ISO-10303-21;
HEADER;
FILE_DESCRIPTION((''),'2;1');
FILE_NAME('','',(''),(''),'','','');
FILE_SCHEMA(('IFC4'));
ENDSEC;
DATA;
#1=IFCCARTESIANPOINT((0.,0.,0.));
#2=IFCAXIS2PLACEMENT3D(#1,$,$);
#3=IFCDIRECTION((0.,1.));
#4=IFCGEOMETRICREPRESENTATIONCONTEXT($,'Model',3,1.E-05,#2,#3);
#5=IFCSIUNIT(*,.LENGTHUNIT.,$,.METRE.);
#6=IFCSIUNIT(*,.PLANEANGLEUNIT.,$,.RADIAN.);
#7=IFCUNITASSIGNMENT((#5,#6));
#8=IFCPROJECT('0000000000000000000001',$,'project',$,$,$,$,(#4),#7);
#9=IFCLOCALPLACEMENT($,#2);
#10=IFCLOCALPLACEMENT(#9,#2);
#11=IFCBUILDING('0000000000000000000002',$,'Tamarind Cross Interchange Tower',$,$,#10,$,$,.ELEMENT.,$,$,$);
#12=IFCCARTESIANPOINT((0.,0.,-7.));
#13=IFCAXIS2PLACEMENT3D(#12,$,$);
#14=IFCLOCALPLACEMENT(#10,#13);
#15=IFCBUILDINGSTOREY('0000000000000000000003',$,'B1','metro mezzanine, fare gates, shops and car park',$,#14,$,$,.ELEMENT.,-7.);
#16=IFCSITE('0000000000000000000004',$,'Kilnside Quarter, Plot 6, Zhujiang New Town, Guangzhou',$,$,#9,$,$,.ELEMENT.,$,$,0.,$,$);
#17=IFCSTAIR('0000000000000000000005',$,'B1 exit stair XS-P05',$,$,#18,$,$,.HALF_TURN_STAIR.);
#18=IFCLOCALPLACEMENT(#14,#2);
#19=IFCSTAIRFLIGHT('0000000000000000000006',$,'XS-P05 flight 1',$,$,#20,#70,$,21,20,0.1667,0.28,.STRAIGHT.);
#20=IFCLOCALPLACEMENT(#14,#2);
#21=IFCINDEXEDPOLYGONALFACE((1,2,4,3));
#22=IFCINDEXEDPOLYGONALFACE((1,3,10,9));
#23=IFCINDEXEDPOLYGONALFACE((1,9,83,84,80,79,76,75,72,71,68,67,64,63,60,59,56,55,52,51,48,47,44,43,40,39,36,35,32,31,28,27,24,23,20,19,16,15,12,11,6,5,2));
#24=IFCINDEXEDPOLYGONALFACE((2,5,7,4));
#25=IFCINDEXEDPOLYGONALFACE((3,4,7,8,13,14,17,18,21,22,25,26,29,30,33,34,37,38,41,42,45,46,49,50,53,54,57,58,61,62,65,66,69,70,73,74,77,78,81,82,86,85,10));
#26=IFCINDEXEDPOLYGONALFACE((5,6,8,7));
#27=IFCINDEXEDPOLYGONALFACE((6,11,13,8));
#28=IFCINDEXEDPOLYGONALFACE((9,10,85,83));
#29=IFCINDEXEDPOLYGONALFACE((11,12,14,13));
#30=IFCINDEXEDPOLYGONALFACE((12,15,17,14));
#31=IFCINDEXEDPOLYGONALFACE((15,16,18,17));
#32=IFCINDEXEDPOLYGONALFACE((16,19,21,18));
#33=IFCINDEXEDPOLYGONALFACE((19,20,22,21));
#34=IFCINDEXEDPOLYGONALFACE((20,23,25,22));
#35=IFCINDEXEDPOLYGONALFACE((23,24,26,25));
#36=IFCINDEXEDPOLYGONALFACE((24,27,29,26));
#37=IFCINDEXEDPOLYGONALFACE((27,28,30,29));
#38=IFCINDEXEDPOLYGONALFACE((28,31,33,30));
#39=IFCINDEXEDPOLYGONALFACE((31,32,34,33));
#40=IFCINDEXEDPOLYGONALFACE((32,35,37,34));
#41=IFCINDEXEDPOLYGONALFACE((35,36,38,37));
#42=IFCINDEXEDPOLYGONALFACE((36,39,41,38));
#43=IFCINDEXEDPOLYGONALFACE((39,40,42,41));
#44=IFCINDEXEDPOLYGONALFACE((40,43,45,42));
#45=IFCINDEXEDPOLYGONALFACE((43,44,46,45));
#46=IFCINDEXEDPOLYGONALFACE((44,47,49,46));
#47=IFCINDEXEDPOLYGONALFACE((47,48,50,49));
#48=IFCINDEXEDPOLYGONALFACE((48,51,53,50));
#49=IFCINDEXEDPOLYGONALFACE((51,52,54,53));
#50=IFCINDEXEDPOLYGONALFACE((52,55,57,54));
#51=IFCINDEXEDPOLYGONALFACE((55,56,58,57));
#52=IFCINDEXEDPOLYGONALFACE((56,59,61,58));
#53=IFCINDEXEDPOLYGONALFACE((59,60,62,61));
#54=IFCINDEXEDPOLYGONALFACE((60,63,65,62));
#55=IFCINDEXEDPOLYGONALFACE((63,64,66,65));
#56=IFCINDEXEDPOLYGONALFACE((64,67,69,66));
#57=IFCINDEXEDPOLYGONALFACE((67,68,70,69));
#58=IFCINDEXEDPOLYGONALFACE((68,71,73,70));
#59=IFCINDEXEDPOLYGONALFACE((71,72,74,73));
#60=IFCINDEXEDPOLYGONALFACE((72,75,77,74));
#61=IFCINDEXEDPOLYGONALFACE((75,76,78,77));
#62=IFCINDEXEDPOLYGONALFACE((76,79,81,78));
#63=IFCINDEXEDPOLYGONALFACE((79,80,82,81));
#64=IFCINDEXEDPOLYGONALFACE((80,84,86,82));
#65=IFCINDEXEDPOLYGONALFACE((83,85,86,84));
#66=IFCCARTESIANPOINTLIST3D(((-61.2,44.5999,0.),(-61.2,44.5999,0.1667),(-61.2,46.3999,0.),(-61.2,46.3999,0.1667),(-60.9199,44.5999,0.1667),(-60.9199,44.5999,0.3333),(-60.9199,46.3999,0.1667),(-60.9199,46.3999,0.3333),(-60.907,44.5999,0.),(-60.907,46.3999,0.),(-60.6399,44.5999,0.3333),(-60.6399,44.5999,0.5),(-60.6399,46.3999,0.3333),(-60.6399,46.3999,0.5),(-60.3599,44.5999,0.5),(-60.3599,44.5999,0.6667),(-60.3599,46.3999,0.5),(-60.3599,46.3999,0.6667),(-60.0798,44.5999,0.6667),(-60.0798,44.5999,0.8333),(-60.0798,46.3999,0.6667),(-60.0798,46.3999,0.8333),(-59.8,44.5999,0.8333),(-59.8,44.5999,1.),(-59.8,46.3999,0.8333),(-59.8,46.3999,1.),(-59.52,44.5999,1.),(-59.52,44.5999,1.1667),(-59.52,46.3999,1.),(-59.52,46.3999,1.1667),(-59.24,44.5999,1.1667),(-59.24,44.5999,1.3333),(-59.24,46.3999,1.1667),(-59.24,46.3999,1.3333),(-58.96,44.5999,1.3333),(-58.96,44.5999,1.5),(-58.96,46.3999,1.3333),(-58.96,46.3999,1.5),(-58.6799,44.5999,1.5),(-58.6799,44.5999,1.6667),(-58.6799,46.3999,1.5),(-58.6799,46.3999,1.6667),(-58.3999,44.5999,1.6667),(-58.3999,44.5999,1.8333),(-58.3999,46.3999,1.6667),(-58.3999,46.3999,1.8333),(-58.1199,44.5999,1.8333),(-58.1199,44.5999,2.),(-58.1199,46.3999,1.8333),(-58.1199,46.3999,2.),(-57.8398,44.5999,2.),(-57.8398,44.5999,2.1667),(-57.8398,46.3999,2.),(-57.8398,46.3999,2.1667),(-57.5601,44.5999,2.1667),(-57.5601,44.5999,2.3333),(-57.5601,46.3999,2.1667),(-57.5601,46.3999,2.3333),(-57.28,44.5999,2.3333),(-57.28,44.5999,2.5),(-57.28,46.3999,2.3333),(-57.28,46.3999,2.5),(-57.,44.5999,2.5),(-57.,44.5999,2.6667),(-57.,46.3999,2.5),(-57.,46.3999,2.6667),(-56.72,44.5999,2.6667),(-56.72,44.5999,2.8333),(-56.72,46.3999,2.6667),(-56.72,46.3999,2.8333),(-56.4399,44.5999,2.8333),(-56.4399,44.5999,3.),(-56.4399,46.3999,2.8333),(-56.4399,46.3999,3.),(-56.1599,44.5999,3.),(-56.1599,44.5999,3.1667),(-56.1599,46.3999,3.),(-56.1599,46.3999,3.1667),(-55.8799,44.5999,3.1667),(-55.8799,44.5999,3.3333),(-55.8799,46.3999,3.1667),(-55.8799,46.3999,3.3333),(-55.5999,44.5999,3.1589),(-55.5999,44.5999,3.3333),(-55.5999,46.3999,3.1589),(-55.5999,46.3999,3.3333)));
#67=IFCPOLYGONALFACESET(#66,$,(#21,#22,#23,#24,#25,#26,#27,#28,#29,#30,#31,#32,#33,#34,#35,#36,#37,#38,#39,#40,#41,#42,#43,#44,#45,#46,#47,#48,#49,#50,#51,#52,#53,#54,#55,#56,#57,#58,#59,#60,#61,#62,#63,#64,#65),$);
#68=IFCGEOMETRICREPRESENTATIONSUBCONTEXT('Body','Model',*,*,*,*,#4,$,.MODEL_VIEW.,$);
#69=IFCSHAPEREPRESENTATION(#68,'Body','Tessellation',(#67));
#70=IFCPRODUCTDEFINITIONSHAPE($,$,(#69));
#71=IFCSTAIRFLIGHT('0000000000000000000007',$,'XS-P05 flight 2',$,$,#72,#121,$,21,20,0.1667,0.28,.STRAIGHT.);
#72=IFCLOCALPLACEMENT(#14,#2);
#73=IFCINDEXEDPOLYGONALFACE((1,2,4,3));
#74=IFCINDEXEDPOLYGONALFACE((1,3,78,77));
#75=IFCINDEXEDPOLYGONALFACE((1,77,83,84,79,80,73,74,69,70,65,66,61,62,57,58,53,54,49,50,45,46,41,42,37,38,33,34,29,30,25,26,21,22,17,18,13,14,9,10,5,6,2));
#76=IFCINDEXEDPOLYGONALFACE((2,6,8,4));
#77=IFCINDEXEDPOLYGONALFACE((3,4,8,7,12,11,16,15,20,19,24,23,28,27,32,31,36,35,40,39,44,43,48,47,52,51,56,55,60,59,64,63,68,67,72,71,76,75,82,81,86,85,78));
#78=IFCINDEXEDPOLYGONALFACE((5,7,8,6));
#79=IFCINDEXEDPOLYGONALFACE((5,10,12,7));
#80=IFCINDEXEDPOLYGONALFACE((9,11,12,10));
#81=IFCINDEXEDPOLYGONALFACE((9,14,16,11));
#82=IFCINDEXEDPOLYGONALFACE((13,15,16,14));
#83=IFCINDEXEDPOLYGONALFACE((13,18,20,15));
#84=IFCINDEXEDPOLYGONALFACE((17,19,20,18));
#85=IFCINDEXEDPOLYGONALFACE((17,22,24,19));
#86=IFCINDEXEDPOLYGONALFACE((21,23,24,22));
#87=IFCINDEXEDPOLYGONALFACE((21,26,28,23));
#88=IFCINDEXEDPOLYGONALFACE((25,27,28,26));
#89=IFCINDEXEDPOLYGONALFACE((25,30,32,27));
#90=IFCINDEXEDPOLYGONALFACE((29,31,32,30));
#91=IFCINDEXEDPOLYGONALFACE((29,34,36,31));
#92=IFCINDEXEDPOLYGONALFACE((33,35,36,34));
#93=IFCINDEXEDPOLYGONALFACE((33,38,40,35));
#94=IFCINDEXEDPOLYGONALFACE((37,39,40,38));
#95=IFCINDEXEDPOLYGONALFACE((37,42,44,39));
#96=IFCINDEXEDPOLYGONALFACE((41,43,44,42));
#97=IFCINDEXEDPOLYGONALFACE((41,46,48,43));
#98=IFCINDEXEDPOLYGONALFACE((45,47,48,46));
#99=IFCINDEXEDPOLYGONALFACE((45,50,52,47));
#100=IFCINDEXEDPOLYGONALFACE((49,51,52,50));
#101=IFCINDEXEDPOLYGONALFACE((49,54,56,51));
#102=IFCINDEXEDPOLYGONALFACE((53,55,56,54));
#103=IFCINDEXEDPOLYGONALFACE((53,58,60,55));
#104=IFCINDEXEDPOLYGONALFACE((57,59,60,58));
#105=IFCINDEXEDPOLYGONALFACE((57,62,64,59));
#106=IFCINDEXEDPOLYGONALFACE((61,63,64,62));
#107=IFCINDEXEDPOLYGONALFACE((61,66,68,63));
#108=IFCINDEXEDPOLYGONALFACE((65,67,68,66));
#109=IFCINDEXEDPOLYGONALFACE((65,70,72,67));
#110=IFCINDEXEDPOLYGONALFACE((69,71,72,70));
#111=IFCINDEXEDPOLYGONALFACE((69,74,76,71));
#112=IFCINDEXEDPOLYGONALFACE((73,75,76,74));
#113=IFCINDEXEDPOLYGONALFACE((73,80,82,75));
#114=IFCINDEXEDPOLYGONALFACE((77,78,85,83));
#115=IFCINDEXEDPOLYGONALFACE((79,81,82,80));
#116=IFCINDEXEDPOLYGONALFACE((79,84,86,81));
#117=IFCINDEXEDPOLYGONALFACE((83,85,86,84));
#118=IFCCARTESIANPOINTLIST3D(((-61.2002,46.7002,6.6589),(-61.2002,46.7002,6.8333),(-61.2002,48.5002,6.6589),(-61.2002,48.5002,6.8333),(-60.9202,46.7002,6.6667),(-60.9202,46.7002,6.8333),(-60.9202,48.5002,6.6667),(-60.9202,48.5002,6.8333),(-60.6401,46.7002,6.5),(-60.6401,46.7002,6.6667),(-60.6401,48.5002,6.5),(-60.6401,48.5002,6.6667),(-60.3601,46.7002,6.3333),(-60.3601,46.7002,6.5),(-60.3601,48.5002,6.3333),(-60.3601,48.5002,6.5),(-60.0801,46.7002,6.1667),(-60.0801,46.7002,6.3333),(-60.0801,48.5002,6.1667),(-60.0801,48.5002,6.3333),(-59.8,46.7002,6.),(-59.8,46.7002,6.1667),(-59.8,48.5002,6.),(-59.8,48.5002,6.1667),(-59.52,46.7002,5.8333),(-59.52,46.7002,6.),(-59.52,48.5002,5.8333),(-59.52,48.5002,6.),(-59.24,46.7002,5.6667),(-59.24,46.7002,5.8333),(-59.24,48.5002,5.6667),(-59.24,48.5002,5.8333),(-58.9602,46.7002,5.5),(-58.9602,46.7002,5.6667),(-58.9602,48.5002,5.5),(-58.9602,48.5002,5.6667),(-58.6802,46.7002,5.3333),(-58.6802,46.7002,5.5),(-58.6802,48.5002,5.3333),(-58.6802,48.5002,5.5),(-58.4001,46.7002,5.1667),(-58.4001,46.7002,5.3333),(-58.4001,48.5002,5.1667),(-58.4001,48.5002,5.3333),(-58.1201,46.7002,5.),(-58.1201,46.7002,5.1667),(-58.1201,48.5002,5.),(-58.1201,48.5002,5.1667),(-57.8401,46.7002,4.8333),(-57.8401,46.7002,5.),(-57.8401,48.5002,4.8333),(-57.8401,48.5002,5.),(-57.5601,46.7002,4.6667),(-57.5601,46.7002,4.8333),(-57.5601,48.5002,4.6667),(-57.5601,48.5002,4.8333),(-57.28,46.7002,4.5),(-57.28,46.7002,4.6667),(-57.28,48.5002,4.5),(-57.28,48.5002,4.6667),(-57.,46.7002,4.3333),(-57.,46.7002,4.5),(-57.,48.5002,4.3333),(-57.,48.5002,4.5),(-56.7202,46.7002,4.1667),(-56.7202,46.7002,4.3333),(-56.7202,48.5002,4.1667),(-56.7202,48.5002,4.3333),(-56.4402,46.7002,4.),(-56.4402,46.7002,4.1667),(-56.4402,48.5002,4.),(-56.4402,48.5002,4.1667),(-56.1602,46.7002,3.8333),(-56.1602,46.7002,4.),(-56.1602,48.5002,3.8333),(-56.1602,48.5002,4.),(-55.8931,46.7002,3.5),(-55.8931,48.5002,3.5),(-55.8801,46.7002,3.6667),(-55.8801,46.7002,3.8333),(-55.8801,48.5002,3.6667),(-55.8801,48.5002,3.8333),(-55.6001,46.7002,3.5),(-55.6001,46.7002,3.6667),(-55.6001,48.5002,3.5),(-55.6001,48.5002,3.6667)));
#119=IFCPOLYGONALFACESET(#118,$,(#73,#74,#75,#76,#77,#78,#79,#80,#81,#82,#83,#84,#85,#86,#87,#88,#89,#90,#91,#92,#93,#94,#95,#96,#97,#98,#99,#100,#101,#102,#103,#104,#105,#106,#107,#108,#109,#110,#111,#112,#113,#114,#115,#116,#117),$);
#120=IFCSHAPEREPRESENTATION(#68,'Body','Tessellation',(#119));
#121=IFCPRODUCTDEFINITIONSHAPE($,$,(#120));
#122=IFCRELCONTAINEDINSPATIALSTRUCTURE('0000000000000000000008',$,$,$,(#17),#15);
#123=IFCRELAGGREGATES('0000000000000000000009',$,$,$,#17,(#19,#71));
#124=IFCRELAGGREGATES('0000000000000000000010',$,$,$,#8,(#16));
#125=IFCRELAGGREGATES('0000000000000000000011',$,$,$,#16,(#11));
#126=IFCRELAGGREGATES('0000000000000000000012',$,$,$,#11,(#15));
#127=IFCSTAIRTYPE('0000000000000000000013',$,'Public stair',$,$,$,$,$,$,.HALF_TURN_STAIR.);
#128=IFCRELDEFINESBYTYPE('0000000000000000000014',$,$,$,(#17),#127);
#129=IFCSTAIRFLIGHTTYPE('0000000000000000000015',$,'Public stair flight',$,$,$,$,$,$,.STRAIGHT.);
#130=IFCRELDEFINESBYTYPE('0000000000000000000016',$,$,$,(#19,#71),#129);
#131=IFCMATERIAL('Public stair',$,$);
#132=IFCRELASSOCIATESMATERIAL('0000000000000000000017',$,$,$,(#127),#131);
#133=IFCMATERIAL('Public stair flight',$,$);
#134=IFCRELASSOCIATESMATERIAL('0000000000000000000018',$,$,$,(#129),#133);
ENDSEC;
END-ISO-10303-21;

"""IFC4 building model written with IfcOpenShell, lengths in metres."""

from ifc_helpers import new_model, si_unit, direction, frame, origin, place, context, subcontext, project, spatial, polyline, outline, extrude, material, type_object, element, aggregate, save


model = new_model("IFC4")

# Units and contexts
model_context = context("Model", 3, precision=1e-05, world=origin(), true_north=direction((0.0, 1.0)))
body_context = subcontext(model_context, "Body", "Model", "MODEL_VIEW")
ifc_project = project(units=[si_unit("LENGTHUNIT", "METRE"), si_unit("PLANEANGLEUNIT", "RADIAN")], contexts=[model_context])

# Site, building, storey
site_placement = place(None, origin())
site = spatial("IfcSite", under=ifc_project, at=site_placement, Name="Kilnside Quarter, Plot 6, Zhujiang New Town, Guangzhou", CompositionType="ELEMENT", RefElevation=0.0)
building_placement = place(site_placement, origin())
building = spatial("IfcBuilding", under=site, at=building_placement, Name="Tamarind Cross Interchange Tower", CompositionType="ELEMENT")
storey_placement = place(building_placement, frame((0.0, 0.0, -7.0)))
storey = spatial("IfcBuildingStorey", under=building, at=storey_placement, Name="B1", Description="metro mezzanine, fare gates, shops and car park", CompositionType="ELEMENT", Elevation=-7.0)

# Shared definitions
ifc_material_1 = material(Name="Public stair")
stair_type = type_object("IfcStairType", Name="Public stair", PredefinedType="HALF_TURN_STAIR", material=ifc_material_1)
ifc_material_2 = material(Name="Public stair flight")
stair_flight_type = type_object("IfcStairFlightType", Name="Public stair flight", PredefinedType="STRAIGHT", material=ifc_material_2)

# Stair, stair flights
stair_1_placement = place(storey_placement, origin())
stair_1 = element("IfcStair", 1, at=stair_1_placement, inside=storey, type_object=stair_type, Name="B1 exit stair XS-P05", PredefinedType="HALF_TURN_STAIR")
stair_flight_1_placement = place(storey_placement, frame((-61.2, 45.5, 0.0), z_axis=(0.0, 0.0, 1.0), x_axis=(1.0, 0.0, 0.0)))
stair_flight_1 = element("IfcStairFlight", 2, at=stair_flight_1_placement, type_object=stair_flight_type, Name="XS-P05 flight 1", NumberOfRisers=21, NumberOfTreads=20, PredefinedType="STRAIGHT", RiserHeight=0.1667, TreadLength=0.28, context=body_context, shape_type="SweptSolid", body=[
    extrude(outline(polyline([(0.0, 0.0), (0.0, 0.1667), (0.28, 0.1667), (0.28, 0.3333), (0.5601, 0.3333), (0.5601, 0.5), (0.8401, 0.5), (0.8401, 0.6667), (1.1201, 0.6667), (1.1201, 0.8333), (1.3999, 0.8333), (1.3999, 1.0), (1.6799, 1.0), (1.6799, 1.1667), (1.96, 1.1667), (1.96, 1.3333), (2.24, 1.3333), (2.24, 1.5), (2.52, 1.5), (2.52, 1.6667), (2.8, 1.6667), (2.8, 1.8333), (3.0801, 1.8333), (3.0801, 2.0), (3.3601, 2.0), (3.3601, 2.1667), (3.6399, 2.1667), (3.6399, 2.3333), (3.9199, 2.3333), (3.9199, 2.5), (4.2, 2.5), (4.2, 2.6667), (4.48, 2.6667), (4.48, 2.8333), (4.76, 2.8333), (4.76, 3.0), (5.04, 3.0), (5.04, 3.1667), (5.3201, 3.1667), (5.3201, 3.3333), (5.6001, 3.3333), (5.6001, 3.5), (5.6001, 3.1589), (0.293, 0.0), (0.0, 0.0)])), frame((0.0, 0.8999, 0.0), z_axis=(0.0, -1.0, 0.0), x_axis=(1.0, 0.0, 0.0)), (0.0, 0.0, 1.0), 1.8),
])
stair_flight_2_placement = place(storey_placement, frame((-55.6001, 47.6001, 3.5), z_axis=(0.0, 0.0, 1.0), x_axis=(-1.0, 0.0, 0.0)))
stair_flight_2 = element("IfcStairFlight", 3, at=stair_flight_2_placement, type_object=stair_flight_type, Name="XS-P05 flight 2", NumberOfRisers=21, NumberOfTreads=20, PredefinedType="STRAIGHT", RiserHeight=0.1667, TreadLength=0.28, context=body_context, shape_type="SweptSolid", body=[
    extrude(outline(polyline([(0.0, 0.0), (0.0, 0.1667), (0.28, 0.1667), (0.28, 0.3333), (0.5601, 0.3333), (0.5601, 0.5), (0.8401, 0.5), (0.8401, 0.6667), (1.1201, 0.6667), (1.1201, 0.8333), (1.3999, 0.8333), (1.3999, 1.0), (1.6799, 1.0), (1.6799, 1.1667), (1.96, 1.1667), (1.96, 1.3333), (2.24, 1.3333), (2.24, 1.5), (2.52, 1.5), (2.52, 1.6667), (2.8, 1.6667), (2.8, 1.8333), (3.0801, 1.8333), (3.0801, 2.0), (3.3601, 2.0), (3.3601, 2.1667), (3.6399, 2.1667), (3.6399, 2.3333), (3.9199, 2.3333), (3.9199, 2.5), (4.2, 2.5), (4.2, 2.6667), (4.48, 2.6667), (4.48, 2.8333), (4.76, 2.8333), (4.76, 3.0), (5.04, 3.0), (5.04, 3.1667), (5.3201, 3.1667), (5.3201, 3.3333), (5.6001, 3.3333), (5.6001, 3.5), (5.6001, 3.1589), (0.293, 0.0), (0.0, 0.0)])), frame((0.0, 0.8999, 0.0), z_axis=(0.0, -1.0, 0.0), x_axis=(1.0, 0.0, 0.0)), (0.0, 0.0, 1.0), 1.8),
])
aggregate(stair_1, [stair_flight_1, stair_flight_2])

save(model, "model.ifc")
